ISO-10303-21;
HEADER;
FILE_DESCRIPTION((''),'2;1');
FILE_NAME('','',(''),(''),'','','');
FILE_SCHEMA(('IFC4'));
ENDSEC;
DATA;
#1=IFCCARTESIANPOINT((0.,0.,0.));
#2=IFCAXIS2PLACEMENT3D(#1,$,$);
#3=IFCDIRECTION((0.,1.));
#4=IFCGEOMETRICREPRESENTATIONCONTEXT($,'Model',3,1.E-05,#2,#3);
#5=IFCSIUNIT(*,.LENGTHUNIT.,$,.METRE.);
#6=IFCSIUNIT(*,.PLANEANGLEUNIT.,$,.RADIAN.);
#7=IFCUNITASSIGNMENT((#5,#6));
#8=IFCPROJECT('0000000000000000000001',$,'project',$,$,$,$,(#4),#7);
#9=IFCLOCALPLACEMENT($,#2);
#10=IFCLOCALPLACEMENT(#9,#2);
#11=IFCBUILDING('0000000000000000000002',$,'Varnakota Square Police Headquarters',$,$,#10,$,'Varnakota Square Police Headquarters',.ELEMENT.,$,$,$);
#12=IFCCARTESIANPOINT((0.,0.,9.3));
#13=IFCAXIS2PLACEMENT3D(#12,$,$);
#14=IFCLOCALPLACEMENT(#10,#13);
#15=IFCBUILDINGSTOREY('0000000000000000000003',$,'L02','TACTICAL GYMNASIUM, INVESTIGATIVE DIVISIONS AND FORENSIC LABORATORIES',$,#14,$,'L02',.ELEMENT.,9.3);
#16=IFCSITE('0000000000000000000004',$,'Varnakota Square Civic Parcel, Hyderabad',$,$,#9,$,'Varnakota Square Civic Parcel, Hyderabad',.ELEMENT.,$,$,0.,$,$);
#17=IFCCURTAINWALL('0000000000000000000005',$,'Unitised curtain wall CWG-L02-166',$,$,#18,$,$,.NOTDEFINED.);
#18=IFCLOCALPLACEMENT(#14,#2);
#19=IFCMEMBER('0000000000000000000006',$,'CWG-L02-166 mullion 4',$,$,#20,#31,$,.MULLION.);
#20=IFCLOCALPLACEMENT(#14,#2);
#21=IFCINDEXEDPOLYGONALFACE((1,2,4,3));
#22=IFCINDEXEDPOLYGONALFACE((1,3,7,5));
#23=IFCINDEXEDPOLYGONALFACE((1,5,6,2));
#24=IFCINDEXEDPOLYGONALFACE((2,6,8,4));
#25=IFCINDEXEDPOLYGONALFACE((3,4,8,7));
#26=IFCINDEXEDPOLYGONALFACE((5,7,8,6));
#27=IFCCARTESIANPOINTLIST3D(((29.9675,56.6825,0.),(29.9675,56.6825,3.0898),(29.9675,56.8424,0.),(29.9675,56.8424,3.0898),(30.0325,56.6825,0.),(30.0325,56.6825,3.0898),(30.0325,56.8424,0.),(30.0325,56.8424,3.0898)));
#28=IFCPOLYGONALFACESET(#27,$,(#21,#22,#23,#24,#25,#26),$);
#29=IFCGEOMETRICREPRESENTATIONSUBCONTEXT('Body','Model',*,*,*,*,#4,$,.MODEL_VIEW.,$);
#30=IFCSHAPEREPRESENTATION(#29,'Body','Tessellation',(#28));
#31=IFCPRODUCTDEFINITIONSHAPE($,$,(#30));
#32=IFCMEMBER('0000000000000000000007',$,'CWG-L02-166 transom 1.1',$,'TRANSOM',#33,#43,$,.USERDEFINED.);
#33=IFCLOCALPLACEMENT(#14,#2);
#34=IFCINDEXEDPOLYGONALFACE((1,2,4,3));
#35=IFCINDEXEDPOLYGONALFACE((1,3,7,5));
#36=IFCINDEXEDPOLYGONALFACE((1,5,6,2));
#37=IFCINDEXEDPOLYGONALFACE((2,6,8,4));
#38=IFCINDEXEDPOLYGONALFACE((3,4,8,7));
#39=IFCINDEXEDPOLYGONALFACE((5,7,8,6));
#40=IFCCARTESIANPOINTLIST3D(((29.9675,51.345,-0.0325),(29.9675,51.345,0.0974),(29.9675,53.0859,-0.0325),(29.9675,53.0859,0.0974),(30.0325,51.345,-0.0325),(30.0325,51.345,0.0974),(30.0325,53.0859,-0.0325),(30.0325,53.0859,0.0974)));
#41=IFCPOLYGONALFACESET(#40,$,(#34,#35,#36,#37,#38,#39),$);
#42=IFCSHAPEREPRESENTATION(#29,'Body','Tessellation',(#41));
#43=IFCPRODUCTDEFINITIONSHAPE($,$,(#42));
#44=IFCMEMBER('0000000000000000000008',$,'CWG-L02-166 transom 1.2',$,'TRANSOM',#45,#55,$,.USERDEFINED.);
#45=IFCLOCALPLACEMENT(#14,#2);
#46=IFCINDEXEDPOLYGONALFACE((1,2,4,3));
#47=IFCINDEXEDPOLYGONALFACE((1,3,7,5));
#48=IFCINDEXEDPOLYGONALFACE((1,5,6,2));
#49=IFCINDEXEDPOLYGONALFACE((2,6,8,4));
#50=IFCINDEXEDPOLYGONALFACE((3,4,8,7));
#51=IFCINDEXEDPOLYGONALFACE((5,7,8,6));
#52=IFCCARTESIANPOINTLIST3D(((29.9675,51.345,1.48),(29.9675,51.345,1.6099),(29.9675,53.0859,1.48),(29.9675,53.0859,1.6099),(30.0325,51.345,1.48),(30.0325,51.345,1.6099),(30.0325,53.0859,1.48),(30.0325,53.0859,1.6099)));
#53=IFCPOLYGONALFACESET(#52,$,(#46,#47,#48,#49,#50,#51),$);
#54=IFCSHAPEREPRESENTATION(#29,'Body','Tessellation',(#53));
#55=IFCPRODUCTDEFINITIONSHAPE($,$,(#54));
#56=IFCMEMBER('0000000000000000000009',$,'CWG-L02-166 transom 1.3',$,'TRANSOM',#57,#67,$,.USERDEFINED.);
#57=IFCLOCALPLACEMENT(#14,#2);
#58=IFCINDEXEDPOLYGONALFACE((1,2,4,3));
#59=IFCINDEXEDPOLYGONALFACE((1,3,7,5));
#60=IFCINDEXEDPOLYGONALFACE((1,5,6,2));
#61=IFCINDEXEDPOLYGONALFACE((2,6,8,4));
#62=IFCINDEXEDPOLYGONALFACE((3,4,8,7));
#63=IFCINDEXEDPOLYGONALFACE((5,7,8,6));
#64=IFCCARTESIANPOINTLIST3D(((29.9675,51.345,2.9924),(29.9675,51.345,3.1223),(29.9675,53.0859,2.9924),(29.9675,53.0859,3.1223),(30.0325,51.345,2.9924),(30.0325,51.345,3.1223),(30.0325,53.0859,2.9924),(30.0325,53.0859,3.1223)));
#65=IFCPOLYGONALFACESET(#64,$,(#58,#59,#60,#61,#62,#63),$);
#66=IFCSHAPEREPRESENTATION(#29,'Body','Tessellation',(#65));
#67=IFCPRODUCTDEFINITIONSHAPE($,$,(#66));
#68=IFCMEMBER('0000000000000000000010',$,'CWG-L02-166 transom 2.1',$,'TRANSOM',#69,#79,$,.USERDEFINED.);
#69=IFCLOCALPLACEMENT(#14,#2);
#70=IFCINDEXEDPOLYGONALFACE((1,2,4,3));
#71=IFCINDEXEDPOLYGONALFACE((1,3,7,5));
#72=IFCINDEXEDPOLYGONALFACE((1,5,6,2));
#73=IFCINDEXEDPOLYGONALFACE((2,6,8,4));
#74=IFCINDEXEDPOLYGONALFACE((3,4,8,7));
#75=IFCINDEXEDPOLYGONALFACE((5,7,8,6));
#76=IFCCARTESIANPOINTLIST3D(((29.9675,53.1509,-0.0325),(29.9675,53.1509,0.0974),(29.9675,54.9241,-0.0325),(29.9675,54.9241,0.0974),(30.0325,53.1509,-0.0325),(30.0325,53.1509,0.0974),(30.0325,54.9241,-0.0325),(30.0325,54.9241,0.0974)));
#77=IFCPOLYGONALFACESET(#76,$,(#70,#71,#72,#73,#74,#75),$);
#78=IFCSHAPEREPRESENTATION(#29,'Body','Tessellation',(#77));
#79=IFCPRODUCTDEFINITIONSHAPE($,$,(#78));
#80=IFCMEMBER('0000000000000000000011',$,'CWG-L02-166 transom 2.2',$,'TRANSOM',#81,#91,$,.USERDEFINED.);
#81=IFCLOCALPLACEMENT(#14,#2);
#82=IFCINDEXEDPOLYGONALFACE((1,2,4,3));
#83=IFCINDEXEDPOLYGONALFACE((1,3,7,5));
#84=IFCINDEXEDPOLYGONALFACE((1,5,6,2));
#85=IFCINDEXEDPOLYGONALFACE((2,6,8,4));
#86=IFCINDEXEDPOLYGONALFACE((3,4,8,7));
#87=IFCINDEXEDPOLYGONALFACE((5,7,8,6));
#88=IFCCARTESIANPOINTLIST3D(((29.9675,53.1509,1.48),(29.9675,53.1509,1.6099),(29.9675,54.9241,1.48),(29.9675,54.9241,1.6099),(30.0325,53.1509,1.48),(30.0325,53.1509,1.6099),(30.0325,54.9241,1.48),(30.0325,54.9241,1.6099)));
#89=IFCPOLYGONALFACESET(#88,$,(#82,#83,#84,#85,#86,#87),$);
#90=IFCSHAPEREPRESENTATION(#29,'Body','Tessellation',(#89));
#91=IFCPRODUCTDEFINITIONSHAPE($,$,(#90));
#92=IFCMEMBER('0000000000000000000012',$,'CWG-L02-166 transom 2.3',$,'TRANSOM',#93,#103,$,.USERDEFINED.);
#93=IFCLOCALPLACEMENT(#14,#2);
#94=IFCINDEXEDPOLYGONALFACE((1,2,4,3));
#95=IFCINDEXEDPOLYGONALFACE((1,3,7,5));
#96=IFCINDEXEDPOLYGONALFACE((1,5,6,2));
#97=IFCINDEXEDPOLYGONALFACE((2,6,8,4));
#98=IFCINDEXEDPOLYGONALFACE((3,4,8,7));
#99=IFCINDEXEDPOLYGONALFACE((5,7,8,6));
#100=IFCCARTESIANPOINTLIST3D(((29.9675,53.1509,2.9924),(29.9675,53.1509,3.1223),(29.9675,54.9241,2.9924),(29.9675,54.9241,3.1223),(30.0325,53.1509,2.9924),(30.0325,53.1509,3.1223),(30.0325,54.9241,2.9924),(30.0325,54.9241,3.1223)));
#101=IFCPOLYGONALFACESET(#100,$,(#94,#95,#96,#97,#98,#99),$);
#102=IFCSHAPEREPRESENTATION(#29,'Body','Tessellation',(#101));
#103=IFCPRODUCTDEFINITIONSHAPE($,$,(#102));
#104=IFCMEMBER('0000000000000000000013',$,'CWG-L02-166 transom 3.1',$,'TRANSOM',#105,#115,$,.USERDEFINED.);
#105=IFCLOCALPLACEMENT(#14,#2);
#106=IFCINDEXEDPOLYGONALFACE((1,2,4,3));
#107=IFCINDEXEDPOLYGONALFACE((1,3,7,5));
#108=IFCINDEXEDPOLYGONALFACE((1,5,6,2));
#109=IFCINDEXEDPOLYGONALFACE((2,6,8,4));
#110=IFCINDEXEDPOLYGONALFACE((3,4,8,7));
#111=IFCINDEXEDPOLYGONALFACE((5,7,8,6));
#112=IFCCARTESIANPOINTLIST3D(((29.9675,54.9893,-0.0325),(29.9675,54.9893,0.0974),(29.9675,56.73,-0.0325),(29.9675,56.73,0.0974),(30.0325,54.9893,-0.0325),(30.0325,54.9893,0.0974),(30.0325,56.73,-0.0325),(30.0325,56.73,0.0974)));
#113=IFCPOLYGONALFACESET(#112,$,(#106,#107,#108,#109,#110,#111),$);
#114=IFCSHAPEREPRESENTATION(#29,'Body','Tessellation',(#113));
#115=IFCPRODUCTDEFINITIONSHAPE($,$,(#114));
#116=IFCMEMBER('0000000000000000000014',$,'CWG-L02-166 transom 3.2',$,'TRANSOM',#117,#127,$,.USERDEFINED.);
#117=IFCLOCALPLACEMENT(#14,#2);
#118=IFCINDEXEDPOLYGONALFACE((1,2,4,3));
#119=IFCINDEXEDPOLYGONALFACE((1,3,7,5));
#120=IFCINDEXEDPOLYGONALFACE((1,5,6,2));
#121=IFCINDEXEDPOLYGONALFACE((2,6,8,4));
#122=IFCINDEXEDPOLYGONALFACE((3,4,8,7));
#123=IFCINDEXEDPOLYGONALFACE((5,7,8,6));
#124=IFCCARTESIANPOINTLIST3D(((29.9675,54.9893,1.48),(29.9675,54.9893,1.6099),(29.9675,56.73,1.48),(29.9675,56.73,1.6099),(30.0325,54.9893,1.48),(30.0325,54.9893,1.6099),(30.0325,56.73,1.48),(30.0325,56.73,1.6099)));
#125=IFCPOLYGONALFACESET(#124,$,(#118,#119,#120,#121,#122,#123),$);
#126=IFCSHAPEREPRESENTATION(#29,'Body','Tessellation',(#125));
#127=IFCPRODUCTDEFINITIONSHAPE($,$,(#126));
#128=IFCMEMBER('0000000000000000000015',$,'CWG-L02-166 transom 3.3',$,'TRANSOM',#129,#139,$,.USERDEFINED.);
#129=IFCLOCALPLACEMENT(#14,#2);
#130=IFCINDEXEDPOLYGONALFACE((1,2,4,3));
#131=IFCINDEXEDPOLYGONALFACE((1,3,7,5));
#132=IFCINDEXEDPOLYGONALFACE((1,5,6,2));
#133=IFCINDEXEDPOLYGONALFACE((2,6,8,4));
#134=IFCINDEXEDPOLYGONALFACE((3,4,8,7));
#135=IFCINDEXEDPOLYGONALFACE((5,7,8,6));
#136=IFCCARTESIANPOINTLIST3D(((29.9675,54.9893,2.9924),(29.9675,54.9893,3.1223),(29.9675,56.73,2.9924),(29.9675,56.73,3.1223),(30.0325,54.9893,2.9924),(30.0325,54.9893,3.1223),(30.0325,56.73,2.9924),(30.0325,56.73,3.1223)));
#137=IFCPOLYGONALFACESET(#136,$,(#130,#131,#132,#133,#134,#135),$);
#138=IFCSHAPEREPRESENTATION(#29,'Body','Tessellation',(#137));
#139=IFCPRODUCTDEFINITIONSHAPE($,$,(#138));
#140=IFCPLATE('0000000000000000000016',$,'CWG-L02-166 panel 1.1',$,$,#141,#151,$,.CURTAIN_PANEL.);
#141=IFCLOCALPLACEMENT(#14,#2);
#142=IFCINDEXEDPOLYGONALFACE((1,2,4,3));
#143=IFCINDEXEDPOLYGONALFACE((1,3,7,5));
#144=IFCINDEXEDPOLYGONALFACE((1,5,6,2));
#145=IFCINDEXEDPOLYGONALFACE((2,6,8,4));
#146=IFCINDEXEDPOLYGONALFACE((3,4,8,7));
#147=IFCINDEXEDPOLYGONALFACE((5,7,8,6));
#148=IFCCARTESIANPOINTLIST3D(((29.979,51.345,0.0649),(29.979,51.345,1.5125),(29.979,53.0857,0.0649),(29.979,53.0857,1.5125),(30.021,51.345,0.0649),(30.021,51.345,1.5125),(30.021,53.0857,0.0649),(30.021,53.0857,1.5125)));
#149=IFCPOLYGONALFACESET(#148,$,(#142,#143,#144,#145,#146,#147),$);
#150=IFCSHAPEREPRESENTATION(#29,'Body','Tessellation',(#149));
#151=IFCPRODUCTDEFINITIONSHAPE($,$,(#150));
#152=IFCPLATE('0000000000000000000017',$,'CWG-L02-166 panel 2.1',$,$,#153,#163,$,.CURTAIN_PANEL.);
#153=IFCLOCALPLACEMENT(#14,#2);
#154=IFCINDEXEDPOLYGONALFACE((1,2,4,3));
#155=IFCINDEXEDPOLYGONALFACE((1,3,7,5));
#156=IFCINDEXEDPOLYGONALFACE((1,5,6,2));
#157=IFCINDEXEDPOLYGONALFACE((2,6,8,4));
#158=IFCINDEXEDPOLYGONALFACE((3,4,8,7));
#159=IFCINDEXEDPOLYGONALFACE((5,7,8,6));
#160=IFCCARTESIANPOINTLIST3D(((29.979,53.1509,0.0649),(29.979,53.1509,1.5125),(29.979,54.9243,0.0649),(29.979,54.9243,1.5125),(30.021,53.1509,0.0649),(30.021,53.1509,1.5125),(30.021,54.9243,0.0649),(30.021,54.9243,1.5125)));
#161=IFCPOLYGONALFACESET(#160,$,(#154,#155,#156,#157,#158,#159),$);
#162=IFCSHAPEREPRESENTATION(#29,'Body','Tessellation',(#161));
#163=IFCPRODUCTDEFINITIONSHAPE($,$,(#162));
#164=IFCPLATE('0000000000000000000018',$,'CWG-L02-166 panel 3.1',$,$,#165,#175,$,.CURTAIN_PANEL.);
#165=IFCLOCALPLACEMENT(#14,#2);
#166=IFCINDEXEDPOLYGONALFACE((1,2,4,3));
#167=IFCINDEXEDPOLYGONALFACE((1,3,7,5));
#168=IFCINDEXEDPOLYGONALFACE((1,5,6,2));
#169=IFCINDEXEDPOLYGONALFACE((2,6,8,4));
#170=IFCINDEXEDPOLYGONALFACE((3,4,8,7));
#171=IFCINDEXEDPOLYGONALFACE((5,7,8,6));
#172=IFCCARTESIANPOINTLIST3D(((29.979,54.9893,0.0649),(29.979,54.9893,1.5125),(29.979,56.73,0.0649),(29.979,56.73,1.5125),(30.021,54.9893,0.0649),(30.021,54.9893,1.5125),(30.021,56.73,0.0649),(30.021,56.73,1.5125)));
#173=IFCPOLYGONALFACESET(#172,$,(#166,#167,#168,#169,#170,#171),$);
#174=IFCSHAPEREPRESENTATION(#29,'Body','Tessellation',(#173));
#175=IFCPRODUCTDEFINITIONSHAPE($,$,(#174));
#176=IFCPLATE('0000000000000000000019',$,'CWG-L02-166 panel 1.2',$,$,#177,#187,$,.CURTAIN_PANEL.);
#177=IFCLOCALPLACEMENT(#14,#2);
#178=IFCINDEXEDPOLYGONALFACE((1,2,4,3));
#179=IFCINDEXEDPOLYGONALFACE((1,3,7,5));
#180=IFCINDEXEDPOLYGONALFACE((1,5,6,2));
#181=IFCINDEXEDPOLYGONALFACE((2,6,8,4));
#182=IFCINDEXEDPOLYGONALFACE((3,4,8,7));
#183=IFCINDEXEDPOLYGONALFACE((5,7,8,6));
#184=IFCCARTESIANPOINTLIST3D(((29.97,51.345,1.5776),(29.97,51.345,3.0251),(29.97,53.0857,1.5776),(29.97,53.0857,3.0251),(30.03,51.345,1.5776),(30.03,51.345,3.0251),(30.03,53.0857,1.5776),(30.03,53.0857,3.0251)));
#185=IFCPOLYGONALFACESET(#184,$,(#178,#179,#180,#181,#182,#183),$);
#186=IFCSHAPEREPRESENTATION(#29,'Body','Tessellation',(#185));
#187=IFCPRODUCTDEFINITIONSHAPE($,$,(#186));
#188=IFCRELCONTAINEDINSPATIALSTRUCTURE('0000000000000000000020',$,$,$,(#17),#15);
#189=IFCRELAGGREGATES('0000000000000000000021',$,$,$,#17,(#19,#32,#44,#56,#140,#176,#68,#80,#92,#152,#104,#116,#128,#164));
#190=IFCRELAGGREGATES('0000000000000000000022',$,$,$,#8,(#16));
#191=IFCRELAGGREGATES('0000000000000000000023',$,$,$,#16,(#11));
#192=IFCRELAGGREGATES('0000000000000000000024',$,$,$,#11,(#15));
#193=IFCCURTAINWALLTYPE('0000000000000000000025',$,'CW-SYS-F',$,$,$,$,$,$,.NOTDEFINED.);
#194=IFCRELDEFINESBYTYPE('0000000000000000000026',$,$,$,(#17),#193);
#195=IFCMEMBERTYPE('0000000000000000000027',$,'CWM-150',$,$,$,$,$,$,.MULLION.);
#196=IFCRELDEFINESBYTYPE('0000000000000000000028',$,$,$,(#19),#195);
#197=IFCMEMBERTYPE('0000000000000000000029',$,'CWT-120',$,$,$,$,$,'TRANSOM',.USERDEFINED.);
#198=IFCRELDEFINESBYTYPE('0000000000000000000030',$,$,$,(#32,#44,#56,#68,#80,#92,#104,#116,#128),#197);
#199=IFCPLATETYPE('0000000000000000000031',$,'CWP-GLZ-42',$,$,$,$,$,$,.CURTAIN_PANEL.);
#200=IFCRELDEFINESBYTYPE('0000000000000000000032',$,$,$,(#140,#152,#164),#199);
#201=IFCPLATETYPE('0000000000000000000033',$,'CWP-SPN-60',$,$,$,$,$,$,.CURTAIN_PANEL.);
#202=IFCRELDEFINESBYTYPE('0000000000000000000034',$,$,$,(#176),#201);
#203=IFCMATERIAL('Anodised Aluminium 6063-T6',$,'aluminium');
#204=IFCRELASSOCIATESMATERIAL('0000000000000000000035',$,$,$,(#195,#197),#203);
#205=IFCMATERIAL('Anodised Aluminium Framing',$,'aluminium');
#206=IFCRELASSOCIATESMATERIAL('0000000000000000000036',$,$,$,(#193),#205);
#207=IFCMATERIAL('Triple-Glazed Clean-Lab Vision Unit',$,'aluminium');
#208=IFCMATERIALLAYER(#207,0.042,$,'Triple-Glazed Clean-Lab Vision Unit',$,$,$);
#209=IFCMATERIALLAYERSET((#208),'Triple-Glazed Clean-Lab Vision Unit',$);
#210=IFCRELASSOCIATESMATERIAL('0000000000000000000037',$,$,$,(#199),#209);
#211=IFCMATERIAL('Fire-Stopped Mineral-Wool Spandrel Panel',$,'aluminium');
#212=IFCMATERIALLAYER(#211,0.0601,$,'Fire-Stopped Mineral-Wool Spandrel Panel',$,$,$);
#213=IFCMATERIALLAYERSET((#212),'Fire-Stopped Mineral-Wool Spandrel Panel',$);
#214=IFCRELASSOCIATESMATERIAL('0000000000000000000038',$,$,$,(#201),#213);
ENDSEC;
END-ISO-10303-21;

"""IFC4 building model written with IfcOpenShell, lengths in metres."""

from ifc_helpers import new_model, si_unit, direction, frame, origin, origin_2d, place, context, subcontext, project, spatial, rectangle, extrude, material, layer, layer_set, material_profile, profile_set, type_object, element, aggregate, save


model = new_model("IFC4")

# Units and contexts
model_context = context("Model", 3, precision=1e-05, world=origin(), true_north=direction((0.0, 1.0)))
body_context = subcontext(model_context, "Body", "Model", "MODEL_VIEW")
ifc_project = project(units=[si_unit("LENGTHUNIT", "METRE"), si_unit("PLANEANGLEUNIT", "RADIAN")], contexts=[model_context])

# Site, building, storey
site_placement = place(None, origin())
site = spatial("IfcSite", under=ifc_project, at=site_placement, Name="Varnakota Square Civic Parcel, Hyderabad", LongName="Varnakota Square Civic Parcel, Hyderabad", CompositionType="ELEMENT", RefElevation=0.0)
building_placement = place(site_placement, origin())
building = spatial("IfcBuilding", under=site, at=building_placement, Name="Varnakota Square Police Headquarters", LongName="Varnakota Square Police Headquarters", CompositionType="ELEMENT")
storey_placement = place(building_placement, frame((0.0, 0.0, 9.3)))
storey = spatial("IfcBuildingStorey", under=building, at=storey_placement, Name="L02", Description="TACTICAL GYMNASIUM, INVESTIGATIVE DIVISIONS AND FORENSIC LABORATORIES", LongName="L02", CompositionType="ELEMENT", Elevation=9.3)

# Shared definitions
ifc_material_1 = material(Name="Anodised Aluminium Framing", Category="aluminium")
ifc_material_2 = material(Name="Anodised Aluminium 6063-T6", Category="aluminium")
ifc_material_profile_1 = material_profile(ifc_material_2, rectangle(XDim=0.0649, YDim=0.1599, at=origin_2d()), Name="ALU MULLION 65x160")
ifc_profile_set_1 = profile_set([ifc_material_profile_1], Name="Anodised Aluminium 6063-T6")
member_type_1 = type_object("IfcMemberType", Name="CWM-150", PredefinedType="MULLION", material=ifc_profile_set_1)

# Curtain wall, members, plates
curtain_wall_type_1 = type_object("IfcCurtainWallType", Name="CW-SYS-F", PredefinedType="NOTDEFINED", material=ifc_material_1)
curtain_wall_1_placement = place(storey_placement, origin())
curtain_wall_1 = element("IfcCurtainWall", 1, at=curtain_wall_1_placement, inside=storey, type_object=curtain_wall_type_1, Name="Unitised curtain wall CWG-L02-166", PredefinedType="NOTDEFINED")
member_1_placement = place(storey_placement, frame((30.0, 56.7625, 0.0), z_axis=(0.0, 0.0, 1.0), x_axis=(-1.0, 0.0, 0.0)))
member_1 = element("IfcMember", 2, at=member_1_placement, type_object=member_type_1, Name="CWG-L02-166 mullion 4", PredefinedType="MULLION", context=body_context, shape_type="SweptSolid", body=[
    extrude(rectangle(XDim=0.0649, YDim=0.1599, at=origin_2d()), origin(), (0.0, 0.0, 1.0), 3.0898),
])
ifc_material_profile_2 = material_profile(ifc_material_2, rectangle(XDim=0.0649, YDim=0.1299, at=origin_2d()), Name="ALU TRANSOM 65x130")
ifc_profile_set_2 = profile_set([ifc_material_profile_2], Name="Anodised Aluminium 6063-T6")
member_type_2 = type_object("IfcMemberType", Name="CWT-120", ElementType="TRANSOM", PredefinedType="USERDEFINED", material=ifc_profile_set_2)
member_2_placement = place(storey_placement, frame((30.0, 51.345, 0.0325), z_axis=(0.0, 1.0, 0.0), x_axis=(-1.0, 0.0, 0.0)))
member_2 = element("IfcMember", 3, at=member_2_placement, type_object=member_type_2, Name="CWG-L02-166 transom 1.1", ObjectType="TRANSOM", PredefinedType="USERDEFINED", context=body_context, shape_type="SweptSolid", body=[
    extrude(rectangle(XDim=0.0649, YDim=0.1299, at=origin_2d()), origin(), (0.0, 0.0, 1.0), 1.741),
])
member_3_placement = place(storey_placement, frame((30.0, 51.345, 1.5449), z_axis=(0.0, 1.0, 0.0), x_axis=(-1.0, 0.0, 0.0)))
member_3 = element("IfcMember", 4, at=member_3_placement, type_object=member_type_2, Name="CWG-L02-166 transom 1.2", ObjectType="TRANSOM", PredefinedType="USERDEFINED", context=body_context, shape_type="SweptSolid", body=[
    extrude(rectangle(XDim=0.0649, YDim=0.1299, at=origin_2d()), origin(), (0.0, 0.0, 1.0), 1.741),
])
member_4_placement = place(storey_placement, frame((30.0, 51.345, 3.0574), z_axis=(0.0, 1.0, 0.0), x_axis=(-1.0, 0.0, 0.0)))
member_4 = element("IfcMember", 5, at=member_4_placement, type_object=member_type_2, Name="CWG-L02-166 transom 1.3", ObjectType="TRANSOM", PredefinedType="USERDEFINED", context=body_context, shape_type="SweptSolid", body=[
    extrude(rectangle(XDim=0.0649, YDim=0.1299, at=origin_2d()), origin(), (0.0, 0.0, 1.0), 1.741),
])
member_5_placement = place(storey_placement, frame((30.0, 53.1509, 0.0325), z_axis=(0.0, 1.0, 0.0), x_axis=(-1.0, 0.0, 0.0)))
member_5 = element("IfcMember", 6, at=member_5_placement, type_object=member_type_2, Name="CWG-L02-166 transom 2.1", ObjectType="TRANSOM", PredefinedType="USERDEFINED", context=body_context, shape_type="SweptSolid", body=[
    extrude(rectangle(XDim=0.0649, YDim=0.1299, at=origin_2d()), origin(), (0.0, 0.0, 1.0), 1.7732),
])
member_6_placement = place(storey_placement, frame((30.0, 53.1509, 1.5449), z_axis=(0.0, 1.0, 0.0), x_axis=(-1.0, 0.0, 0.0)))
member_6 = element("IfcMember", 7, at=member_6_placement, type_object=member_type_2, Name="CWG-L02-166 transom 2.2", ObjectType="TRANSOM", PredefinedType="USERDEFINED", context=body_context, shape_type="SweptSolid", body=[
    extrude(rectangle(XDim=0.0649, YDim=0.1299, at=origin_2d()), origin(), (0.0, 0.0, 1.0), 1.7732),
])
member_7_placement = place(storey_placement, frame((30.0, 53.1509, 3.0574), z_axis=(0.0, 1.0, 0.0), x_axis=(-1.0, 0.0, 0.0)))
member_7 = element("IfcMember", 8, at=member_7_placement, type_object=member_type_2, Name="CWG-L02-166 transom 2.3", ObjectType="TRANSOM", PredefinedType="USERDEFINED", context=body_context, shape_type="SweptSolid", body=[
    extrude(rectangle(XDim=0.0649, YDim=0.1299, at=origin_2d()), origin(), (0.0, 0.0, 1.0), 1.7732),
])
member_8_placement = place(storey_placement, frame((30.0, 54.9893, 0.0325), z_axis=(0.0, 1.0, 0.0), x_axis=(-1.0, 0.0, 0.0)))
member_8 = element("IfcMember", 9, at=member_8_placement, type_object=member_type_2, Name="CWG-L02-166 transom 3.1", ObjectType="TRANSOM", PredefinedType="USERDEFINED", context=body_context, shape_type="SweptSolid", body=[
    extrude(rectangle(XDim=0.0649, YDim=0.1299, at=origin_2d()), origin(), (0.0, 0.0, 1.0), 1.7407),
])
member_9_placement = place(storey_placement, frame((30.0, 54.9893, 1.5449), z_axis=(0.0, 1.0, 0.0), x_axis=(-1.0, 0.0, 0.0)))
member_9 = element("IfcMember", 10, at=member_9_placement, type_object=member_type_2, Name="CWG-L02-166 transom 3.2", ObjectType="TRANSOM", PredefinedType="USERDEFINED", context=body_context, shape_type="SweptSolid", body=[
    extrude(rectangle(XDim=0.0649, YDim=0.1299, at=origin_2d()), origin(), (0.0, 0.0, 1.0), 1.7407),
])
member_10_placement = place(storey_placement, frame((30.0, 54.9893, 3.0574), z_axis=(0.0, 1.0, 0.0), x_axis=(-1.0, 0.0, 0.0)))
member_10 = element("IfcMember", 11, at=member_10_placement, type_object=member_type_2, Name="CWG-L02-166 transom 3.3", ObjectType="TRANSOM", PredefinedType="USERDEFINED", context=body_context, shape_type="SweptSolid", body=[
    extrude(rectangle(XDim=0.0649, YDim=0.1299, at=origin_2d()), origin(), (0.0, 0.0, 1.0), 1.7407),
])
ifc_material_3 = material(Name="Triple-Glazed Clean-Lab Vision Unit", Category="aluminium")
ifc_layer_1 = layer(ifc_material_3, 0.042, Name="Triple-Glazed Clean-Lab Vision Unit")
ifc_layer_set_1 = layer_set([ifc_layer_1], Name="Triple-Glazed Clean-Lab Vision Unit")
plate_type_1 = type_object("IfcPlateType", Name="CWP-GLZ-42", PredefinedType="CURTAIN_PANEL", material=ifc_layer_set_1)
plate_1_placement = place(storey_placement, frame((30.0, 52.2153, 0.0649), z_axis=(0.0, 0.0, 1.0), x_axis=(0.0, 1.0, 0.0)))
plate_1 = element("IfcPlate", 12, at=plate_1_placement, type_object=plate_type_1, Name="CWG-L02-166 panel 1.1", PredefinedType="CURTAIN_PANEL", context=body_context, shape_type="SweptSolid", body=[
    extrude(rectangle(XDim=1.7407, YDim=0.042, at=origin_2d()), origin(), (0.0, 0.0, 1.0), 1.4475),
])
plate_2_placement = place(storey_placement, frame((30.0, 54.0376, 0.0649), z_axis=(0.0, 0.0, 1.0), x_axis=(0.0, 1.0, 0.0)))
plate_2 = element("IfcPlate", 13, at=plate_2_placement, type_object=plate_type_1, Name="CWG-L02-166 panel 2.1", PredefinedType="CURTAIN_PANEL", context=body_context, shape_type="SweptSolid", body=[
    extrude(rectangle(XDim=1.7734, YDim=0.042, at=origin_2d()), origin(), (0.0, 0.0, 1.0), 1.4475),
])
plate_3_placement = place(storey_placement, frame((30.0, 55.8596, 0.0649), z_axis=(0.0, 0.0, 1.0), x_axis=(0.0, 1.0, 0.0)))
plate_3 = element("IfcPlate", 14, at=plate_3_placement, type_object=plate_type_1, Name="CWG-L02-166 panel 3.1", PredefinedType="CURTAIN_PANEL", context=body_context, shape_type="SweptSolid", body=[
    extrude(rectangle(XDim=1.7407, YDim=0.042, at=origin_2d()), origin(), (0.0, 0.0, 1.0), 1.4475),
])
ifc_material_4 = material(Name="Fire-Stopped Mineral-Wool Spandrel Panel", Category="aluminium")
ifc_layer_2 = layer(ifc_material_4, 0.0601, Name="Fire-Stopped Mineral-Wool Spandrel Panel")
ifc_layer_set_2 = layer_set([ifc_layer_2], Name="Fire-Stopped Mineral-Wool Spandrel Panel")
plate_type_2 = type_object("IfcPlateType", Name="CWP-SPN-60", PredefinedType="CURTAIN_PANEL", material=ifc_layer_set_2)
plate_4_placement = place(storey_placement, frame((30.0, 52.2153, 1.5776), z_axis=(0.0, 0.0, 1.0), x_axis=(0.0, 1.0, 0.0)))
plate_4 = element("IfcPlate", 15, at=plate_4_placement, type_object=plate_type_2, Name="CWG-L02-166 panel 1.2", PredefinedType="CURTAIN_PANEL", context=body_context, shape_type="SweptSolid", body=[
    extrude(rectangle(XDim=1.7407, YDim=0.0601, at=origin_2d()), origin(), (0.0, 0.0, 1.0), 1.4475),
])
aggregate(curtain_wall_1, [member_1, member_2, member_3, member_4, plate_1, plate_4, member_5, member_6, member_7, plate_2, member_8, member_9, member_10, plate_3])

save(model, "model.ifc")
